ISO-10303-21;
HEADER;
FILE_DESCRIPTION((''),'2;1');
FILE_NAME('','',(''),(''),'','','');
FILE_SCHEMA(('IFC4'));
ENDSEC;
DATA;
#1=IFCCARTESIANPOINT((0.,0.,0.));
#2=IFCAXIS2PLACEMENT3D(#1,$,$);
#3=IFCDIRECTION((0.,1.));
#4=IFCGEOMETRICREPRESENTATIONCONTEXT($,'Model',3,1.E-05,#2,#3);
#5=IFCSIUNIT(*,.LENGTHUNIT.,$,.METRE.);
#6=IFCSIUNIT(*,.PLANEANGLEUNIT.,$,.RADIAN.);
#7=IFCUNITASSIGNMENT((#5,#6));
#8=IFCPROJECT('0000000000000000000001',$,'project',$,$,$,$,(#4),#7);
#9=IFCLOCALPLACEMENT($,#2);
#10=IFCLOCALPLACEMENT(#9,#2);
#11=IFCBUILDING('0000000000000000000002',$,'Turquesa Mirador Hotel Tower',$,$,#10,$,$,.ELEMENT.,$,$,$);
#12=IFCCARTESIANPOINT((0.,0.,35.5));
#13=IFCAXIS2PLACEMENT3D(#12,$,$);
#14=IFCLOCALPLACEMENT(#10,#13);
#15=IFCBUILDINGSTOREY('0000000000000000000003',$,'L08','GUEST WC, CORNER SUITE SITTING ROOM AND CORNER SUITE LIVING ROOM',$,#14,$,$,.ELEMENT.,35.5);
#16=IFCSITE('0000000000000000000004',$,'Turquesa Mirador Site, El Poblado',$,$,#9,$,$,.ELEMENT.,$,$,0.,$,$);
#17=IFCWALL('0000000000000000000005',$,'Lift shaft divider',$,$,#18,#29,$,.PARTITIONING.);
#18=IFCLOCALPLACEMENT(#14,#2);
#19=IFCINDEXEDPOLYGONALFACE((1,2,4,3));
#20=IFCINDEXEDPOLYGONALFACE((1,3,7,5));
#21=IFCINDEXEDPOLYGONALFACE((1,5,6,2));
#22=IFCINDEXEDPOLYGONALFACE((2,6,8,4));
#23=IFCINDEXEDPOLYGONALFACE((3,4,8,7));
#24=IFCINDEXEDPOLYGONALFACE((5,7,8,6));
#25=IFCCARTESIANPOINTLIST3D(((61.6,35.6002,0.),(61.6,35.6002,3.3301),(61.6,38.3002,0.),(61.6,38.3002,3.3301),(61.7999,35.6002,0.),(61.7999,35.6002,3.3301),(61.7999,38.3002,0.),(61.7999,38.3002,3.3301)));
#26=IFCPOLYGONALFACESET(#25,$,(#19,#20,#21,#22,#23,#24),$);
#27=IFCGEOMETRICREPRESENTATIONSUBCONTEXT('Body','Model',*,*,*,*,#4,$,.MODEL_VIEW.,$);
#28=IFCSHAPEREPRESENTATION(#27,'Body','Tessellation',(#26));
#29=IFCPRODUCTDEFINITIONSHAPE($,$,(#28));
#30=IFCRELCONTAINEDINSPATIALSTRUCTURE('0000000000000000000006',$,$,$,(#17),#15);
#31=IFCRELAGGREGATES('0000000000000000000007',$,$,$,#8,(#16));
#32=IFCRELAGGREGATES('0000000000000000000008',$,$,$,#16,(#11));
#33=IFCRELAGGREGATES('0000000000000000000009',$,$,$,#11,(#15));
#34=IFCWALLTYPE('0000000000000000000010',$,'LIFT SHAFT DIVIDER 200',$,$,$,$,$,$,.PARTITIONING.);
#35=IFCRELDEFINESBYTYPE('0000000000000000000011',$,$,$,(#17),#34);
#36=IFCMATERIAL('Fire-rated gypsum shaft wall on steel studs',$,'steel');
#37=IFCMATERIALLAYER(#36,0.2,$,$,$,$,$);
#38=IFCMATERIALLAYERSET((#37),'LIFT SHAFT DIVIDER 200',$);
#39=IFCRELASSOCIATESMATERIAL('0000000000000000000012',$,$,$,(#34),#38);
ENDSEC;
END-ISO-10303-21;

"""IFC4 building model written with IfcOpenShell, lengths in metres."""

from ifc_helpers import new_model, si_unit, direction, frame, frame_2d, origin, place, context, subcontext, project, spatial, rectangle, extrude, material, layer, layer_set, type_object, element, save


model = new_model("IFC4")

# Units and contexts
model_context = context("Model", 3, precision=1e-05, world=origin(), true_north=direction((0.0, 1.0)))
body_context = subcontext(model_context, "Body", "Model", "MODEL_VIEW")
ifc_project = project(units=[si_unit("LENGTHUNIT", "METRE"), si_unit("PLANEANGLEUNIT", "RADIAN")], contexts=[model_context])

# Site, building, storey
site_placement = place(None, origin())
site = spatial("IfcSite", under=ifc_project, at=site_placement, Name="Turquesa Mirador Site, El Poblado", CompositionType="ELEMENT", RefElevation=0.0)
building_placement = place(site_placement, origin())
building = spatial("IfcBuilding", under=site, at=building_placement, Name="Turquesa Mirador Hotel Tower", CompositionType="ELEMENT")
storey_placement = place(building_placement, frame((0.0, 0.0, 35.5)))
storey = spatial("IfcBuildingStorey", under=building, at=storey_placement, Name="L08", Description="GUEST WC, CORNER SUITE SITTING ROOM AND CORNER SUITE LIVING ROOM", CompositionType="ELEMENT", Elevation=35.5)

# Wall
ifc_material_1 = material(Name="Fire-rated gypsum shaft wall on steel studs", Category="steel")
ifc_layer_1 = layer(ifc_material_1, 0.2)
ifc_layer_set_1 = layer_set([ifc_layer_1], Name="LIFT SHAFT DIVIDER 200")
wall_type_1 = type_object("IfcWallType", Name="LIFT SHAFT DIVIDER 200", PredefinedType="PARTITIONING", material=ifc_layer_set_1)
for number, where, z_axis, x_axis, name in (
    (1, (61.7, 35.6001, 0.0), (0.0, 0.0, 1.0), (0.0, 1.0, 0.0), "Lift shaft divider"),
):
    element("IfcWall", number, at=place(storey_placement, frame(where, z_axis=z_axis, x_axis=x_axis)), inside=storey, type_object=wall_type_1, Name=name, PredefinedType="PARTITIONING", context=body_context, shape_type="SweptSolid", body=[
        extrude(rectangle(XDim=2.7, YDim=0.2, at=frame_2d((1.3501, 0.0))), origin(), (0.0, 0.0, 1.0), 3.3301),
    ])

save(model, "model.ifc")
